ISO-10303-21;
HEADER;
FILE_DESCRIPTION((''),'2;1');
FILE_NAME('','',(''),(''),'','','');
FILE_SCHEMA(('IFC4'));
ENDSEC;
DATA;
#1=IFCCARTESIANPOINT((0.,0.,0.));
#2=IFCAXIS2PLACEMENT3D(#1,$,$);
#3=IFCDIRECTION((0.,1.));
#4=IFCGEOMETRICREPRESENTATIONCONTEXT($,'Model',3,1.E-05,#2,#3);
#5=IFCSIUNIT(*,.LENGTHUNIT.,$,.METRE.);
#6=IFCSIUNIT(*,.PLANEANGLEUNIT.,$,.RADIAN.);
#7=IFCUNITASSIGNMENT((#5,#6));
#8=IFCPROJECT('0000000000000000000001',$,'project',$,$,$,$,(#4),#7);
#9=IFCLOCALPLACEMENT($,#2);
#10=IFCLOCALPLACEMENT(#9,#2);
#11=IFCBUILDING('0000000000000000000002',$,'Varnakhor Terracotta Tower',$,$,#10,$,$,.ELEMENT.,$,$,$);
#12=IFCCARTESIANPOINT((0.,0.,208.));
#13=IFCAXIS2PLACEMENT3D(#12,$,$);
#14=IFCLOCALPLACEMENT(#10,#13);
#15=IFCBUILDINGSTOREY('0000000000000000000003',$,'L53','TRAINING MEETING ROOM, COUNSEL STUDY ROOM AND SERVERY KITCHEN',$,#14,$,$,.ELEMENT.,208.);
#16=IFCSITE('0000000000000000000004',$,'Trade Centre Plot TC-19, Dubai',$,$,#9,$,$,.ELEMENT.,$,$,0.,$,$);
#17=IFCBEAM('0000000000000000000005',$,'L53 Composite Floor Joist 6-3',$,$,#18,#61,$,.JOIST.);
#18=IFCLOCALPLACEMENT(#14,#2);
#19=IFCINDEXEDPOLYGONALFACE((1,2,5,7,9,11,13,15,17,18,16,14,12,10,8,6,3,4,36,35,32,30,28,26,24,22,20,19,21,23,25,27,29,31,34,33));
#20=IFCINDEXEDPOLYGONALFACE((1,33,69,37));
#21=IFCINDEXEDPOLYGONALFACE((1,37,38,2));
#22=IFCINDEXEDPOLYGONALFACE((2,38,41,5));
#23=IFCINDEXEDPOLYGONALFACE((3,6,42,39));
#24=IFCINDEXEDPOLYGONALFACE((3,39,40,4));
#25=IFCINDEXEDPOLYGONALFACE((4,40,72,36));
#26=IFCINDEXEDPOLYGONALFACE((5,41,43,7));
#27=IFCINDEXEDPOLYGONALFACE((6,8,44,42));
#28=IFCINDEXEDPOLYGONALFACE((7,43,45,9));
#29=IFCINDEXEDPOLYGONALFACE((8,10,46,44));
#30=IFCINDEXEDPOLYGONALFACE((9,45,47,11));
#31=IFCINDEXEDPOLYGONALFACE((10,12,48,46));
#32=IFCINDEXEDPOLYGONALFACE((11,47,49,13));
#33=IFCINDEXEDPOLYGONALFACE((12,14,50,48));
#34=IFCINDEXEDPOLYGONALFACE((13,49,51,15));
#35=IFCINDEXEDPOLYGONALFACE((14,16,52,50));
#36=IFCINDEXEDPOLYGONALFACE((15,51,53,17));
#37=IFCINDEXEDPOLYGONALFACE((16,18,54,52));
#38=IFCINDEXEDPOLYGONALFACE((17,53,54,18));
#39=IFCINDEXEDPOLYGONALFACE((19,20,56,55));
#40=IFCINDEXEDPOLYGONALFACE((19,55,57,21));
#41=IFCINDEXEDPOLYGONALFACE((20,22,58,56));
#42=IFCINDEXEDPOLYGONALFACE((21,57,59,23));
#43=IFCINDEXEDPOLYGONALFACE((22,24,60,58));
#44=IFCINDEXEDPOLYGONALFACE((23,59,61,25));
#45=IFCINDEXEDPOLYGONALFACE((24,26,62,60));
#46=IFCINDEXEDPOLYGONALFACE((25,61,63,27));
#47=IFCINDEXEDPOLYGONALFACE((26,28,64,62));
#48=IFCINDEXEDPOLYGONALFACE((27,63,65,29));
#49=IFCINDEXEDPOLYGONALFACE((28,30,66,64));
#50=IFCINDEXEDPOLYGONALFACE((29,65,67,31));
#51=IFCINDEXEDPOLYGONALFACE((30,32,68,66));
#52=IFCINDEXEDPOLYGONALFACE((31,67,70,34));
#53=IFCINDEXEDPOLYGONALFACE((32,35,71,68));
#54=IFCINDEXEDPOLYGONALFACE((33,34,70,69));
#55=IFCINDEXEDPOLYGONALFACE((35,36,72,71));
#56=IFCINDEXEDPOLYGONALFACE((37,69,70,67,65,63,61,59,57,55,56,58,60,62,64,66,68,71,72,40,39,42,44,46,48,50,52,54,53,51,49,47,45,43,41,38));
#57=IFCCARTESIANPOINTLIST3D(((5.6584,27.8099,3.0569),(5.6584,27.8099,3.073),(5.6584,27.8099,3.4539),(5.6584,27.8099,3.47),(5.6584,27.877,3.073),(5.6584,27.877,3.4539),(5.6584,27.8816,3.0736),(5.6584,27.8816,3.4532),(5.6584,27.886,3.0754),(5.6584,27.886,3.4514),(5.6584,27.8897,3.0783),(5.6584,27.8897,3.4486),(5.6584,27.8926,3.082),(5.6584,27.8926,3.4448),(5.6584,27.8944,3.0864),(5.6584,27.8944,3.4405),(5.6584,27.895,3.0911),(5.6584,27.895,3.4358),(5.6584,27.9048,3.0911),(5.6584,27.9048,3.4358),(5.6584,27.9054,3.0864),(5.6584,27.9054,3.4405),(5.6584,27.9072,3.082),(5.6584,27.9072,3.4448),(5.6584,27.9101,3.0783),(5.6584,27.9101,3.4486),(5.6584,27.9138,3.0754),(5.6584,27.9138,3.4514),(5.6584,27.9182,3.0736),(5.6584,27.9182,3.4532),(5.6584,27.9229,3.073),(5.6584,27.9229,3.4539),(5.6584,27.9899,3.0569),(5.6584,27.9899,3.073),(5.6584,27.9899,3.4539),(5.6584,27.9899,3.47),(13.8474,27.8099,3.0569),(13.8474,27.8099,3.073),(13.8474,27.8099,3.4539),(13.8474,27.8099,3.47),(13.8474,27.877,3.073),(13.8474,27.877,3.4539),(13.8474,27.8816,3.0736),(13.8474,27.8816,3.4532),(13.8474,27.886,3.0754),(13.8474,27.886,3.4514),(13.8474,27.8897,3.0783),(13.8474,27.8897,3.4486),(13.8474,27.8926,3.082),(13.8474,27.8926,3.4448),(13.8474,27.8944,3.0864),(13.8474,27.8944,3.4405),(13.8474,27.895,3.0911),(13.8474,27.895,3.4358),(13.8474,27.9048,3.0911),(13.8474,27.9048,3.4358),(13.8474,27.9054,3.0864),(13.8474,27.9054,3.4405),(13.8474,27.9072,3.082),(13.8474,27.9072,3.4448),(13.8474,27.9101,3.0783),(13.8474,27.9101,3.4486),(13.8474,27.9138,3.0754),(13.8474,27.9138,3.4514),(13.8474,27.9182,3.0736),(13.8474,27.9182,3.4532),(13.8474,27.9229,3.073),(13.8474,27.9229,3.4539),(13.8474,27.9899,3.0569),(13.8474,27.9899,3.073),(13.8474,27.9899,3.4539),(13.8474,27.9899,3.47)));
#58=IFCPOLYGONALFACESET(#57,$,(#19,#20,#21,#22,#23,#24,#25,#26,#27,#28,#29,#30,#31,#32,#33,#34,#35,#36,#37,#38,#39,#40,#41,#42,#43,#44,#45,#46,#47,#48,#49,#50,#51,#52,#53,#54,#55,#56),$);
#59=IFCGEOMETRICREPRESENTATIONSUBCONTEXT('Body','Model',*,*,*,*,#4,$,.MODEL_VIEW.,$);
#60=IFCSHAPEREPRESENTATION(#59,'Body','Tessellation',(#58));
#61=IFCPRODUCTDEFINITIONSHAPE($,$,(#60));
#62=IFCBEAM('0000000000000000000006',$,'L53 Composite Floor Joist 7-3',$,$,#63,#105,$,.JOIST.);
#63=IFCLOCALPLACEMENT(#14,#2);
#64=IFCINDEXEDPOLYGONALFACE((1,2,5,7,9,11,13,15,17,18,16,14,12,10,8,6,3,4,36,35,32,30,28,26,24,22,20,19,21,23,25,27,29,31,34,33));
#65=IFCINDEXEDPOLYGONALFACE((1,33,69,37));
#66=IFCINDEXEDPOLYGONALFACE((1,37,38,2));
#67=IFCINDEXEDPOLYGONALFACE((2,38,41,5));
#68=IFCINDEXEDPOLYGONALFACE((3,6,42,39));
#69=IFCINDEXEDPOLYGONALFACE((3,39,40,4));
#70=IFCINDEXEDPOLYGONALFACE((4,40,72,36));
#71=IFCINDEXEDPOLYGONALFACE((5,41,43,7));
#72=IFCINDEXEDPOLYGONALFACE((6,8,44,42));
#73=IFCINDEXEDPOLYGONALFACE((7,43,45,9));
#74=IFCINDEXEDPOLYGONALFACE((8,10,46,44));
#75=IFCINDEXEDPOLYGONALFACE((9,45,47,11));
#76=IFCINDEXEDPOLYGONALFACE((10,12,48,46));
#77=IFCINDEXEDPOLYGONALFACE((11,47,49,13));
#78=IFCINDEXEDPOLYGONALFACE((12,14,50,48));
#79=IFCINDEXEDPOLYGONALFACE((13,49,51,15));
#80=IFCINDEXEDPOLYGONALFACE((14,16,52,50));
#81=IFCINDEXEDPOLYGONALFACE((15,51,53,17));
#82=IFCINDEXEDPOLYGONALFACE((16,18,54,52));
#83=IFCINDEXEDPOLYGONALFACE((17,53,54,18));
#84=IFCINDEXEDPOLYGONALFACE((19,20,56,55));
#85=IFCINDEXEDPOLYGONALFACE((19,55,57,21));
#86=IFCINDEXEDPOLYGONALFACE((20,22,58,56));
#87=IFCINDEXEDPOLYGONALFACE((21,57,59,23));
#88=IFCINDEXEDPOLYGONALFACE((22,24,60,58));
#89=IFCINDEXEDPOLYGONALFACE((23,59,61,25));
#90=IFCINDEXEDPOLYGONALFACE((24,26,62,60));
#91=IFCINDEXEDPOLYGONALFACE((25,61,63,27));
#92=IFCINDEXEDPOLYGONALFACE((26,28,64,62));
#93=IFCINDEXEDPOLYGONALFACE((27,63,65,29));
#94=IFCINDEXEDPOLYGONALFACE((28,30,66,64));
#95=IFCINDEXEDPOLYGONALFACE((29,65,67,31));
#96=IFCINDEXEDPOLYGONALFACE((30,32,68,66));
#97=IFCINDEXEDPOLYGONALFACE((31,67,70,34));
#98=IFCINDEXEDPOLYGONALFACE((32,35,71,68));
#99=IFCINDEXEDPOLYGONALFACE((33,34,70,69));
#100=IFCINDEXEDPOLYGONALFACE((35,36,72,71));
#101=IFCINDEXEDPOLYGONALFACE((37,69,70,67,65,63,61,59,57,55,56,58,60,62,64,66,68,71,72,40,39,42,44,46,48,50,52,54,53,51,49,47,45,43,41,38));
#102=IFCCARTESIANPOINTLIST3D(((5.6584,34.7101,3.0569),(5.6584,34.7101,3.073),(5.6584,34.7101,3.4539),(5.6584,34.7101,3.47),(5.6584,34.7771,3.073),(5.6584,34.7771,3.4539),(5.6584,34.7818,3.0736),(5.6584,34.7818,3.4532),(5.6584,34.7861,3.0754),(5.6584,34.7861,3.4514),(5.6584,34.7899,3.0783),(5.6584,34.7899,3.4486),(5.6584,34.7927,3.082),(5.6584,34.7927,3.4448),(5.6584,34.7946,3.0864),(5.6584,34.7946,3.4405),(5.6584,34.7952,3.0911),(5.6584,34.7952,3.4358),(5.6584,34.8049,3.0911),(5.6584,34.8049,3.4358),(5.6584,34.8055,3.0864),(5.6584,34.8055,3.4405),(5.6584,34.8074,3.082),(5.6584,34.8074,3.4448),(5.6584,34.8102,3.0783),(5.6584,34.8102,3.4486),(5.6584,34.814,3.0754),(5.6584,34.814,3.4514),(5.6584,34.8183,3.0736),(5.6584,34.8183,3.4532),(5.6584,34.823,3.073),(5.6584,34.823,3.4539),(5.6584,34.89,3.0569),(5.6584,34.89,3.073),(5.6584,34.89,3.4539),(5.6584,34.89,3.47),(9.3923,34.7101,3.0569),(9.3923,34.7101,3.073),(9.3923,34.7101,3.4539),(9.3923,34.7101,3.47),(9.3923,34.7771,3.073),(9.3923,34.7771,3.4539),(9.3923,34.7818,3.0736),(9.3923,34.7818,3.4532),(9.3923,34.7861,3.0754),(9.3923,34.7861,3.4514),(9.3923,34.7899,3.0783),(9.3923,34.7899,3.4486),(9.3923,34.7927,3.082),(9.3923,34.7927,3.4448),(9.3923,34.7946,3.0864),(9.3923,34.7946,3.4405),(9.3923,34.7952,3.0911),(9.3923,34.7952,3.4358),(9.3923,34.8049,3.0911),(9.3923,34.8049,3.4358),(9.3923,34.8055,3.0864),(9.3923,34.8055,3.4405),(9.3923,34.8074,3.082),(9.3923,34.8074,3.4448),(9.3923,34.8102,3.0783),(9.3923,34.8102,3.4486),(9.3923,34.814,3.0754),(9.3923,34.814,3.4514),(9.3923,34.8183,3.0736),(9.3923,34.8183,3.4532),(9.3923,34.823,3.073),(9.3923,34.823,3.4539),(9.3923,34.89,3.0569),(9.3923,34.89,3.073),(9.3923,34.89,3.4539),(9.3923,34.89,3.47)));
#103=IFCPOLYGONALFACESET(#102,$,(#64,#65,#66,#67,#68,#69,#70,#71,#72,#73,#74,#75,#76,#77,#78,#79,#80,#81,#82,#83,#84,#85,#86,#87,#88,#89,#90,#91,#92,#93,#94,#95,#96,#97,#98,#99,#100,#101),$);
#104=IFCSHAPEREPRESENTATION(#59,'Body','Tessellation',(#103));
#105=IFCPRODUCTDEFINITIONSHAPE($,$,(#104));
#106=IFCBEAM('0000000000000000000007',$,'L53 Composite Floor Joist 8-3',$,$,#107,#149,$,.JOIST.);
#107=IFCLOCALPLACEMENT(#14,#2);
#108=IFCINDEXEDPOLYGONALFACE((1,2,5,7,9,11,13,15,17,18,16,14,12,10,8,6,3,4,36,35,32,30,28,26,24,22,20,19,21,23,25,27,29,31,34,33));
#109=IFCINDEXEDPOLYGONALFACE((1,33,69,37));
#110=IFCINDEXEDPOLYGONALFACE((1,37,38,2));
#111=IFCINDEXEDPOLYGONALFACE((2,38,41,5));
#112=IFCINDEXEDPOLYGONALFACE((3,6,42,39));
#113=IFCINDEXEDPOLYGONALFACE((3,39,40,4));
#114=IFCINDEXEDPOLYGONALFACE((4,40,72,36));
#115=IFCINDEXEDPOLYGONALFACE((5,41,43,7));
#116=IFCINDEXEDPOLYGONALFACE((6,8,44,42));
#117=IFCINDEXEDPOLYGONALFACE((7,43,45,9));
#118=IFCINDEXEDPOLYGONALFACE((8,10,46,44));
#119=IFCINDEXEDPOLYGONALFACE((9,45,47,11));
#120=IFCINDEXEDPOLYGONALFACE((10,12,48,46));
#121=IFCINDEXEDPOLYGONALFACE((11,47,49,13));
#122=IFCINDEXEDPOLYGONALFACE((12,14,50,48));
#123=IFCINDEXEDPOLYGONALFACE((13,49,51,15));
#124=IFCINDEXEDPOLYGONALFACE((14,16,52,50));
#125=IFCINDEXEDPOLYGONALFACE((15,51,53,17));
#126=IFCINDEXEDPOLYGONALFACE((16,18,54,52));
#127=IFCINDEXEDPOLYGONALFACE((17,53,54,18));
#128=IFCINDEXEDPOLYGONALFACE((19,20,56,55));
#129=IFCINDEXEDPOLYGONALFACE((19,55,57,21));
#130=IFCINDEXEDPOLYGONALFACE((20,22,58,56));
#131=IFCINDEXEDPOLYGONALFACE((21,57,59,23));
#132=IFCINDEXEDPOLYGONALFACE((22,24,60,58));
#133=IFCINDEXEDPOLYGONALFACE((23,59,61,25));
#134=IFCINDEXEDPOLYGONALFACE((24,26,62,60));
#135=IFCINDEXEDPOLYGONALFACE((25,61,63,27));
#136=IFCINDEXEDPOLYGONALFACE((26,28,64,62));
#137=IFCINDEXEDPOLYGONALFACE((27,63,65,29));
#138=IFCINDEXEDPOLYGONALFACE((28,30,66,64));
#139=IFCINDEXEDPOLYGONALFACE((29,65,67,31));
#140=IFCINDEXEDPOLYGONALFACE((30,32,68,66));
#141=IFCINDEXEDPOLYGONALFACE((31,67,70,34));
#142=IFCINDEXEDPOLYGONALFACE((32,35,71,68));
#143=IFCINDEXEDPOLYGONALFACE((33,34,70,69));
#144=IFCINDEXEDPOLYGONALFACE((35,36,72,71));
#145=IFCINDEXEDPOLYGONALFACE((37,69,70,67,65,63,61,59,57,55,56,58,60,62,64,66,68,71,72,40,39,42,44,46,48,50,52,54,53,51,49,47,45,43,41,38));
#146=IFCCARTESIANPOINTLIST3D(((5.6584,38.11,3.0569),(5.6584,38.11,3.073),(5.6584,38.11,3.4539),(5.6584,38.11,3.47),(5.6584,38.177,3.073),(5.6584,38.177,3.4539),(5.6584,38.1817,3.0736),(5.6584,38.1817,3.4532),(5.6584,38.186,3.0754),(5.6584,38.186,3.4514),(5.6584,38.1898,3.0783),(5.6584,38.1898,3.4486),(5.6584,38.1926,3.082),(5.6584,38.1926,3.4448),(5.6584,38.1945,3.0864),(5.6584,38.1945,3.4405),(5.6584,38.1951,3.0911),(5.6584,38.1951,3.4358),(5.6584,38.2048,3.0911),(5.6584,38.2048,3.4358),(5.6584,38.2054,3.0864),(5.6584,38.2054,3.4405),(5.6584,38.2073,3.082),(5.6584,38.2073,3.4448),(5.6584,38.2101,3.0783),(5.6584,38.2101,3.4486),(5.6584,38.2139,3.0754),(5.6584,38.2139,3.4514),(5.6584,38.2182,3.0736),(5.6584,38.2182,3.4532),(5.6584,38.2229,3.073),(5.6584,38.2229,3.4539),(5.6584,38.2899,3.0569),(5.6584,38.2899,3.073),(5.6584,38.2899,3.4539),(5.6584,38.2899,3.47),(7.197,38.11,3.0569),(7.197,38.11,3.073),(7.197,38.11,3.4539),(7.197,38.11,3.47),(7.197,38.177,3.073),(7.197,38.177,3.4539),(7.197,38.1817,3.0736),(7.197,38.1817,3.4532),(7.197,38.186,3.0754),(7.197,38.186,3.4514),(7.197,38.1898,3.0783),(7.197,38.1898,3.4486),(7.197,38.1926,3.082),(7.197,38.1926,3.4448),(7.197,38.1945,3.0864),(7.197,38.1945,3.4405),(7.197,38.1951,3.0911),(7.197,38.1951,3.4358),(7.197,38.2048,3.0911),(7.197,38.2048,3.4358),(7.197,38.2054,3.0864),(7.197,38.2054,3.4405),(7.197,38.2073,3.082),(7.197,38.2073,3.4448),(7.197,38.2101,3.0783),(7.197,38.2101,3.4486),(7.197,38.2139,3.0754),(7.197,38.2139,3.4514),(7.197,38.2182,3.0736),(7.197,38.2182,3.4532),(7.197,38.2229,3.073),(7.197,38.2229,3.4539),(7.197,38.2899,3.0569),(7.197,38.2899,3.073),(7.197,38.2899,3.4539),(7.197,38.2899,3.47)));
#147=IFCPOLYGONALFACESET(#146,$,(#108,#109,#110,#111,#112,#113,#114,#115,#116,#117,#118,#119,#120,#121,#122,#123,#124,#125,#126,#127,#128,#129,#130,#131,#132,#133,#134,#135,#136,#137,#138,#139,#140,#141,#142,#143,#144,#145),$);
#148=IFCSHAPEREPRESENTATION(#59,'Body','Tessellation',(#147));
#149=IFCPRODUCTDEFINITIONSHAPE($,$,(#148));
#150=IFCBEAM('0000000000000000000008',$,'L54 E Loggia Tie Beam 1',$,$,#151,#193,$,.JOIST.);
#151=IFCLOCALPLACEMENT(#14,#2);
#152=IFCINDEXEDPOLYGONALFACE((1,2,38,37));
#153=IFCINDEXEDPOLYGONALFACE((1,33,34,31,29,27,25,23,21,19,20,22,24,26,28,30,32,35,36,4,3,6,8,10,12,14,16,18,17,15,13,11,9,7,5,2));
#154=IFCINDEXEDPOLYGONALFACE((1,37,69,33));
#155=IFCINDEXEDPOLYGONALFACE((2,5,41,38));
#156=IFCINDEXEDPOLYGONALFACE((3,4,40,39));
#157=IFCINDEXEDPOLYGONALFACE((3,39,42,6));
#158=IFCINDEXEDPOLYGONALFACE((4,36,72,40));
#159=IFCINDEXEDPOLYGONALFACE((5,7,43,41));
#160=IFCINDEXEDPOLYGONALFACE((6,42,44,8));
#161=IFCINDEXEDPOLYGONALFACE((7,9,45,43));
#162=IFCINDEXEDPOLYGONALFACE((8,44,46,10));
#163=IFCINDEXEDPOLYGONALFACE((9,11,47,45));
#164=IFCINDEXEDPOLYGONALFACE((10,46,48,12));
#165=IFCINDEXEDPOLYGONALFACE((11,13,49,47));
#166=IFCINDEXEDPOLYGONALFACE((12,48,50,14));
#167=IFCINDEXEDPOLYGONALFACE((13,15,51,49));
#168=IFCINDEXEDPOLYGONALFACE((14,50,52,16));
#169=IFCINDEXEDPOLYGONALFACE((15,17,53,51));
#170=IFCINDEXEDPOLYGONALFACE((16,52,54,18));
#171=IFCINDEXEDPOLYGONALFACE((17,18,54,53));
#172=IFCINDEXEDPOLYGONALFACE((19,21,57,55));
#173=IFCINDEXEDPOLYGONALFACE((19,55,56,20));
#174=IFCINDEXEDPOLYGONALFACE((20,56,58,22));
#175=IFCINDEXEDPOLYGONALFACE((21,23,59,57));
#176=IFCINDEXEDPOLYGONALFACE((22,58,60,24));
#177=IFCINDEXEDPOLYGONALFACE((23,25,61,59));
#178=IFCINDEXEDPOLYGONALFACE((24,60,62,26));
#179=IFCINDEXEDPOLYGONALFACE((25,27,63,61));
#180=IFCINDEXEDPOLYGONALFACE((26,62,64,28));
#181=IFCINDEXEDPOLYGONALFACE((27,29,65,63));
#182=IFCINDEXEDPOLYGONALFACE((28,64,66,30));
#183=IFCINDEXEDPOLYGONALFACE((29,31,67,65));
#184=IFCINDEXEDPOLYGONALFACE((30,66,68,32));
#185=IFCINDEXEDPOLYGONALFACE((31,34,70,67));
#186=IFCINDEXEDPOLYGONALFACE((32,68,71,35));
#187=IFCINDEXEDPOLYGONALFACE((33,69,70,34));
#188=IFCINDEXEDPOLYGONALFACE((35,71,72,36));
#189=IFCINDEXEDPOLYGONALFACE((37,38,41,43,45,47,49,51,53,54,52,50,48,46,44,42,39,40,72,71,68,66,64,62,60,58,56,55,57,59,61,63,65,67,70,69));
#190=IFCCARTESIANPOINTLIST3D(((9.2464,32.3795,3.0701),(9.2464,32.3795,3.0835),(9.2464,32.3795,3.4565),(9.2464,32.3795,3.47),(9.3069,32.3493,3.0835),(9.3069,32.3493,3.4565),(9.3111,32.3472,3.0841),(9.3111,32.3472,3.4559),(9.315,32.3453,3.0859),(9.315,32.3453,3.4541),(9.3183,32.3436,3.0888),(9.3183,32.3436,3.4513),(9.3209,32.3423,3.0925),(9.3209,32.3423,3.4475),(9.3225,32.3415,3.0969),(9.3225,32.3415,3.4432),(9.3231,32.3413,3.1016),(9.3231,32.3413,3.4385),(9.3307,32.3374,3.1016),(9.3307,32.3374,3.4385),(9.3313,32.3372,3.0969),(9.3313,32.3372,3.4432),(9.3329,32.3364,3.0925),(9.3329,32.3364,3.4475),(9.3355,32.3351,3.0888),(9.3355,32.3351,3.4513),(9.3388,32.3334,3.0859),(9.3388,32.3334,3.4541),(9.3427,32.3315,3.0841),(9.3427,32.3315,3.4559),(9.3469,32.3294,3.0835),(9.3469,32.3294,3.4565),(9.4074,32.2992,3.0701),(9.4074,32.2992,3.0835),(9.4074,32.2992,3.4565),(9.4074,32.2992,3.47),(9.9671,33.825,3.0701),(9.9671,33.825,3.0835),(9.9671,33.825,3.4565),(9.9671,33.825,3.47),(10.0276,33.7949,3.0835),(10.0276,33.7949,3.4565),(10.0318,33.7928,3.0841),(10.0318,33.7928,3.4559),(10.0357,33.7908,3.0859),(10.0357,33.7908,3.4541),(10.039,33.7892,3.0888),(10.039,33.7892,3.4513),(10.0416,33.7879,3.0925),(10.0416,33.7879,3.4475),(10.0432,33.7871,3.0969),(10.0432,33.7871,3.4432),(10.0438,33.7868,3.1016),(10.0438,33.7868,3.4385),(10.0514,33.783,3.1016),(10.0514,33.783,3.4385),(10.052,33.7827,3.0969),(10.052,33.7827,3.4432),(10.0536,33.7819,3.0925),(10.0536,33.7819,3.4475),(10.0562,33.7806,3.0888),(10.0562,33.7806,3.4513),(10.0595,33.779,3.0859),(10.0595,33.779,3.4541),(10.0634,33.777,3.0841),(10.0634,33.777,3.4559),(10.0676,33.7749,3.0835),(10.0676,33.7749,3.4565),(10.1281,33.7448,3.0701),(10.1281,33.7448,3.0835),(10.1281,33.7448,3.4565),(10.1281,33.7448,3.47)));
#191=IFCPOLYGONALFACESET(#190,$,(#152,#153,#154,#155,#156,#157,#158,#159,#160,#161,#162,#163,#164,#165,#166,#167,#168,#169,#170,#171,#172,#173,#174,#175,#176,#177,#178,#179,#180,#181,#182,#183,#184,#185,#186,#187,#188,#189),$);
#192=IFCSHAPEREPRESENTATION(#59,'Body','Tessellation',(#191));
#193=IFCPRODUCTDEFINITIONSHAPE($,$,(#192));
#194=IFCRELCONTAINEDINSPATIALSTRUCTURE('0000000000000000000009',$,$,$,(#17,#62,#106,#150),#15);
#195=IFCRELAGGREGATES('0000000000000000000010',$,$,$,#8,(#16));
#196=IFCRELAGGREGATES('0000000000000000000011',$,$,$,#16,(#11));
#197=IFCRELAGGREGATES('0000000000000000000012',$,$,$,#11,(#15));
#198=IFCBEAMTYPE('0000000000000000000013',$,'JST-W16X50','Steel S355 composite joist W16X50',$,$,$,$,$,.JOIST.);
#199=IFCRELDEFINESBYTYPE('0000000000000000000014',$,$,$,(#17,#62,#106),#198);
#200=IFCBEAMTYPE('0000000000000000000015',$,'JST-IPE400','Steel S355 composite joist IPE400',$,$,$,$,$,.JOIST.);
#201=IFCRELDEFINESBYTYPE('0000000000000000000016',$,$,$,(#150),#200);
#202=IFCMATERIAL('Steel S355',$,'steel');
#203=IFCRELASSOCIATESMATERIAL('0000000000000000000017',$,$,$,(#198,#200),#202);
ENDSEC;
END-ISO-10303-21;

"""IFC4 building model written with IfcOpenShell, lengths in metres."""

from ifc_helpers import new_model, si_unit, direction, frame, origin, origin_2d, place, context, subcontext, project, spatial, i_section, extrude, source, transform, mapped, material, material_profile, profile_set, type_object, element, save


model = new_model("IFC4")

# Units and contexts
model_context = context("Model", 3, precision=1e-05, world=origin(), true_north=direction((0.0, 1.0)))
body_context = subcontext(model_context, "Body", "Model", "MODEL_VIEW")
ifc_project = project(units=[si_unit("LENGTHUNIT", "METRE"), si_unit("PLANEANGLEUNIT", "RADIAN")], contexts=[model_context])

# Site, building, storey
site_placement = place(None, origin())
site = spatial("IfcSite", under=ifc_project, at=site_placement, Name="Trade Centre Plot TC-19, Dubai", CompositionType="ELEMENT", RefElevation=0.0)
building_placement = place(site_placement, origin())
building = spatial("IfcBuilding", under=site, at=building_placement, Name="Varnakhor Terracotta Tower", CompositionType="ELEMENT")
storey_placement = place(building_placement, frame((0.0, 0.0, 208.0)))
storey = spatial("IfcBuildingStorey", under=building, at=storey_placement, Name="L53", Description="TRAINING MEETING ROOM, COUNSEL STUDY ROOM AND SERVERY KITCHEN", CompositionType="ELEMENT", Elevation=208.0)

# Beams
ifc_material_1 = material(Name="Steel S355", Category="steel")
ifc_material_profile_1 = material_profile(ifc_material_1, i_section(OverallWidth=0.1799, OverallDepth=0.4131, WebThickness=0.0098, FlangeThickness=0.0161, FilletRadius=0.0181, at=origin_2d()), Name="W16X50")
ifc_profile_set_1 = profile_set([ifc_material_profile_1], Name="Steel S355")
beam_type_1 = type_object("IfcBeamType", Name="JST-W16X50", Description="Steel S355 composite joist W16X50", PredefinedType="JOIST", material=ifc_profile_set_1)
shared_shape_1 = source(origin(), body_context, "Body", "SweptSolid", [
    extrude(i_section(OverallWidth=0.1799, OverallDepth=0.4131, WebThickness=0.0098, FlangeThickness=0.0161, FilletRadius=0.0181, at=origin_2d()), origin(), (0.0, 0.0, 1.0), 8.189),
])
beam_1_placement = place(storey_placement, frame((5.6584, 27.8999, 3.2634), z_axis=(1.0, 0.0, 0.0), x_axis=(0.0, 1.0, 0.0)))
element("IfcBeam", 1, at=beam_1_placement, inside=storey, type_object=beam_type_1, Name="L53 Composite Floor Joist 6-3", PredefinedType="JOIST", context=body_context, shape_type="MappedRepresentation", body=[
    mapped(shared_shape_1, transform((0.0, 0.0, 0.0), scale=1.0)),
])
shared_shape_2 = source(origin(), body_context, "Body", "SweptSolid", [
    extrude(i_section(OverallWidth=0.1799, OverallDepth=0.4131, WebThickness=0.0098, FlangeThickness=0.0161, FilletRadius=0.0181, at=origin_2d()), origin(), (0.0, 0.0, 1.0), 3.7339),
])
beam_2_placement = place(storey_placement, frame((5.6584, 34.8, 3.2634), z_axis=(1.0, 0.0, 0.0), x_axis=(0.0, 1.0, 0.0)))
element("IfcBeam", 2, at=beam_2_placement, inside=storey, type_object=beam_type_1, Name="L53 Composite Floor Joist 7-3", PredefinedType="JOIST", context=body_context, shape_type="MappedRepresentation", body=[
    mapped(shared_shape_2, transform((0.0, 0.0, 0.0), scale=1.0)),
])
shared_shape_3 = source(origin(), body_context, "Body", "SweptSolid", [
    extrude(i_section(OverallWidth=0.1799, OverallDepth=0.4131, WebThickness=0.0098, FlangeThickness=0.0161, FilletRadius=0.0181, at=origin_2d()), origin(), (0.0, 0.0, 1.0), 1.5386),
])
beam_3_placement = place(storey_placement, frame((5.6584, 38.2, 3.2634), z_axis=(1.0, 0.0, 0.0), x_axis=(0.0, 1.0, 0.0)))
element("IfcBeam", 3, at=beam_3_placement, inside=storey, type_object=beam_type_1, Name="L53 Composite Floor Joist 8-3", PredefinedType="JOIST", context=body_context, shape_type="MappedRepresentation", body=[
    mapped(shared_shape_3, transform((0.0, 0.0, 0.0), scale=1.0)),
])
ifc_material_profile_2 = material_profile(ifc_material_1, i_section(OverallWidth=0.1799, OverallDepth=0.3999, WebThickness=0.0085, FlangeThickness=0.0134, FilletRadius=0.0181, at=origin_2d()), Name="IPE400")
ifc_profile_set_2 = profile_set([ifc_material_profile_2], Name="Steel S355")
beam_type_2 = type_object("IfcBeamType", Name="JST-IPE400", Description="Steel S355 composite joist IPE400", PredefinedType="JOIST", material=ifc_profile_set_2)
shared_shape_4 = source(origin(), body_context, "Body", "SweptSolid", [
    extrude(i_section(OverallWidth=0.1799, OverallDepth=0.3999, WebThickness=0.0085, FlangeThickness=0.0134, FilletRadius=0.0181, at=origin_2d()), origin(), (0.0, 0.0, 1.0), 1.6152),
])
beam_4_placement = place(storey_placement, frame((9.3269, 32.3394, 3.27), z_axis=(0.446186, 0.89494, 0.0), x_axis=(-0.89494, 0.446186, 0.0)))
element("IfcBeam", 4, at=beam_4_placement, inside=storey, type_object=beam_type_2, Name="L54 E Loggia Tie Beam 1", PredefinedType="JOIST", context=body_context, shape_type="MappedRepresentation", body=[
    mapped(shared_shape_4, transform((0.0, 0.0, 0.0), scale=1.0)),
])

save(model, "model.ifc")
